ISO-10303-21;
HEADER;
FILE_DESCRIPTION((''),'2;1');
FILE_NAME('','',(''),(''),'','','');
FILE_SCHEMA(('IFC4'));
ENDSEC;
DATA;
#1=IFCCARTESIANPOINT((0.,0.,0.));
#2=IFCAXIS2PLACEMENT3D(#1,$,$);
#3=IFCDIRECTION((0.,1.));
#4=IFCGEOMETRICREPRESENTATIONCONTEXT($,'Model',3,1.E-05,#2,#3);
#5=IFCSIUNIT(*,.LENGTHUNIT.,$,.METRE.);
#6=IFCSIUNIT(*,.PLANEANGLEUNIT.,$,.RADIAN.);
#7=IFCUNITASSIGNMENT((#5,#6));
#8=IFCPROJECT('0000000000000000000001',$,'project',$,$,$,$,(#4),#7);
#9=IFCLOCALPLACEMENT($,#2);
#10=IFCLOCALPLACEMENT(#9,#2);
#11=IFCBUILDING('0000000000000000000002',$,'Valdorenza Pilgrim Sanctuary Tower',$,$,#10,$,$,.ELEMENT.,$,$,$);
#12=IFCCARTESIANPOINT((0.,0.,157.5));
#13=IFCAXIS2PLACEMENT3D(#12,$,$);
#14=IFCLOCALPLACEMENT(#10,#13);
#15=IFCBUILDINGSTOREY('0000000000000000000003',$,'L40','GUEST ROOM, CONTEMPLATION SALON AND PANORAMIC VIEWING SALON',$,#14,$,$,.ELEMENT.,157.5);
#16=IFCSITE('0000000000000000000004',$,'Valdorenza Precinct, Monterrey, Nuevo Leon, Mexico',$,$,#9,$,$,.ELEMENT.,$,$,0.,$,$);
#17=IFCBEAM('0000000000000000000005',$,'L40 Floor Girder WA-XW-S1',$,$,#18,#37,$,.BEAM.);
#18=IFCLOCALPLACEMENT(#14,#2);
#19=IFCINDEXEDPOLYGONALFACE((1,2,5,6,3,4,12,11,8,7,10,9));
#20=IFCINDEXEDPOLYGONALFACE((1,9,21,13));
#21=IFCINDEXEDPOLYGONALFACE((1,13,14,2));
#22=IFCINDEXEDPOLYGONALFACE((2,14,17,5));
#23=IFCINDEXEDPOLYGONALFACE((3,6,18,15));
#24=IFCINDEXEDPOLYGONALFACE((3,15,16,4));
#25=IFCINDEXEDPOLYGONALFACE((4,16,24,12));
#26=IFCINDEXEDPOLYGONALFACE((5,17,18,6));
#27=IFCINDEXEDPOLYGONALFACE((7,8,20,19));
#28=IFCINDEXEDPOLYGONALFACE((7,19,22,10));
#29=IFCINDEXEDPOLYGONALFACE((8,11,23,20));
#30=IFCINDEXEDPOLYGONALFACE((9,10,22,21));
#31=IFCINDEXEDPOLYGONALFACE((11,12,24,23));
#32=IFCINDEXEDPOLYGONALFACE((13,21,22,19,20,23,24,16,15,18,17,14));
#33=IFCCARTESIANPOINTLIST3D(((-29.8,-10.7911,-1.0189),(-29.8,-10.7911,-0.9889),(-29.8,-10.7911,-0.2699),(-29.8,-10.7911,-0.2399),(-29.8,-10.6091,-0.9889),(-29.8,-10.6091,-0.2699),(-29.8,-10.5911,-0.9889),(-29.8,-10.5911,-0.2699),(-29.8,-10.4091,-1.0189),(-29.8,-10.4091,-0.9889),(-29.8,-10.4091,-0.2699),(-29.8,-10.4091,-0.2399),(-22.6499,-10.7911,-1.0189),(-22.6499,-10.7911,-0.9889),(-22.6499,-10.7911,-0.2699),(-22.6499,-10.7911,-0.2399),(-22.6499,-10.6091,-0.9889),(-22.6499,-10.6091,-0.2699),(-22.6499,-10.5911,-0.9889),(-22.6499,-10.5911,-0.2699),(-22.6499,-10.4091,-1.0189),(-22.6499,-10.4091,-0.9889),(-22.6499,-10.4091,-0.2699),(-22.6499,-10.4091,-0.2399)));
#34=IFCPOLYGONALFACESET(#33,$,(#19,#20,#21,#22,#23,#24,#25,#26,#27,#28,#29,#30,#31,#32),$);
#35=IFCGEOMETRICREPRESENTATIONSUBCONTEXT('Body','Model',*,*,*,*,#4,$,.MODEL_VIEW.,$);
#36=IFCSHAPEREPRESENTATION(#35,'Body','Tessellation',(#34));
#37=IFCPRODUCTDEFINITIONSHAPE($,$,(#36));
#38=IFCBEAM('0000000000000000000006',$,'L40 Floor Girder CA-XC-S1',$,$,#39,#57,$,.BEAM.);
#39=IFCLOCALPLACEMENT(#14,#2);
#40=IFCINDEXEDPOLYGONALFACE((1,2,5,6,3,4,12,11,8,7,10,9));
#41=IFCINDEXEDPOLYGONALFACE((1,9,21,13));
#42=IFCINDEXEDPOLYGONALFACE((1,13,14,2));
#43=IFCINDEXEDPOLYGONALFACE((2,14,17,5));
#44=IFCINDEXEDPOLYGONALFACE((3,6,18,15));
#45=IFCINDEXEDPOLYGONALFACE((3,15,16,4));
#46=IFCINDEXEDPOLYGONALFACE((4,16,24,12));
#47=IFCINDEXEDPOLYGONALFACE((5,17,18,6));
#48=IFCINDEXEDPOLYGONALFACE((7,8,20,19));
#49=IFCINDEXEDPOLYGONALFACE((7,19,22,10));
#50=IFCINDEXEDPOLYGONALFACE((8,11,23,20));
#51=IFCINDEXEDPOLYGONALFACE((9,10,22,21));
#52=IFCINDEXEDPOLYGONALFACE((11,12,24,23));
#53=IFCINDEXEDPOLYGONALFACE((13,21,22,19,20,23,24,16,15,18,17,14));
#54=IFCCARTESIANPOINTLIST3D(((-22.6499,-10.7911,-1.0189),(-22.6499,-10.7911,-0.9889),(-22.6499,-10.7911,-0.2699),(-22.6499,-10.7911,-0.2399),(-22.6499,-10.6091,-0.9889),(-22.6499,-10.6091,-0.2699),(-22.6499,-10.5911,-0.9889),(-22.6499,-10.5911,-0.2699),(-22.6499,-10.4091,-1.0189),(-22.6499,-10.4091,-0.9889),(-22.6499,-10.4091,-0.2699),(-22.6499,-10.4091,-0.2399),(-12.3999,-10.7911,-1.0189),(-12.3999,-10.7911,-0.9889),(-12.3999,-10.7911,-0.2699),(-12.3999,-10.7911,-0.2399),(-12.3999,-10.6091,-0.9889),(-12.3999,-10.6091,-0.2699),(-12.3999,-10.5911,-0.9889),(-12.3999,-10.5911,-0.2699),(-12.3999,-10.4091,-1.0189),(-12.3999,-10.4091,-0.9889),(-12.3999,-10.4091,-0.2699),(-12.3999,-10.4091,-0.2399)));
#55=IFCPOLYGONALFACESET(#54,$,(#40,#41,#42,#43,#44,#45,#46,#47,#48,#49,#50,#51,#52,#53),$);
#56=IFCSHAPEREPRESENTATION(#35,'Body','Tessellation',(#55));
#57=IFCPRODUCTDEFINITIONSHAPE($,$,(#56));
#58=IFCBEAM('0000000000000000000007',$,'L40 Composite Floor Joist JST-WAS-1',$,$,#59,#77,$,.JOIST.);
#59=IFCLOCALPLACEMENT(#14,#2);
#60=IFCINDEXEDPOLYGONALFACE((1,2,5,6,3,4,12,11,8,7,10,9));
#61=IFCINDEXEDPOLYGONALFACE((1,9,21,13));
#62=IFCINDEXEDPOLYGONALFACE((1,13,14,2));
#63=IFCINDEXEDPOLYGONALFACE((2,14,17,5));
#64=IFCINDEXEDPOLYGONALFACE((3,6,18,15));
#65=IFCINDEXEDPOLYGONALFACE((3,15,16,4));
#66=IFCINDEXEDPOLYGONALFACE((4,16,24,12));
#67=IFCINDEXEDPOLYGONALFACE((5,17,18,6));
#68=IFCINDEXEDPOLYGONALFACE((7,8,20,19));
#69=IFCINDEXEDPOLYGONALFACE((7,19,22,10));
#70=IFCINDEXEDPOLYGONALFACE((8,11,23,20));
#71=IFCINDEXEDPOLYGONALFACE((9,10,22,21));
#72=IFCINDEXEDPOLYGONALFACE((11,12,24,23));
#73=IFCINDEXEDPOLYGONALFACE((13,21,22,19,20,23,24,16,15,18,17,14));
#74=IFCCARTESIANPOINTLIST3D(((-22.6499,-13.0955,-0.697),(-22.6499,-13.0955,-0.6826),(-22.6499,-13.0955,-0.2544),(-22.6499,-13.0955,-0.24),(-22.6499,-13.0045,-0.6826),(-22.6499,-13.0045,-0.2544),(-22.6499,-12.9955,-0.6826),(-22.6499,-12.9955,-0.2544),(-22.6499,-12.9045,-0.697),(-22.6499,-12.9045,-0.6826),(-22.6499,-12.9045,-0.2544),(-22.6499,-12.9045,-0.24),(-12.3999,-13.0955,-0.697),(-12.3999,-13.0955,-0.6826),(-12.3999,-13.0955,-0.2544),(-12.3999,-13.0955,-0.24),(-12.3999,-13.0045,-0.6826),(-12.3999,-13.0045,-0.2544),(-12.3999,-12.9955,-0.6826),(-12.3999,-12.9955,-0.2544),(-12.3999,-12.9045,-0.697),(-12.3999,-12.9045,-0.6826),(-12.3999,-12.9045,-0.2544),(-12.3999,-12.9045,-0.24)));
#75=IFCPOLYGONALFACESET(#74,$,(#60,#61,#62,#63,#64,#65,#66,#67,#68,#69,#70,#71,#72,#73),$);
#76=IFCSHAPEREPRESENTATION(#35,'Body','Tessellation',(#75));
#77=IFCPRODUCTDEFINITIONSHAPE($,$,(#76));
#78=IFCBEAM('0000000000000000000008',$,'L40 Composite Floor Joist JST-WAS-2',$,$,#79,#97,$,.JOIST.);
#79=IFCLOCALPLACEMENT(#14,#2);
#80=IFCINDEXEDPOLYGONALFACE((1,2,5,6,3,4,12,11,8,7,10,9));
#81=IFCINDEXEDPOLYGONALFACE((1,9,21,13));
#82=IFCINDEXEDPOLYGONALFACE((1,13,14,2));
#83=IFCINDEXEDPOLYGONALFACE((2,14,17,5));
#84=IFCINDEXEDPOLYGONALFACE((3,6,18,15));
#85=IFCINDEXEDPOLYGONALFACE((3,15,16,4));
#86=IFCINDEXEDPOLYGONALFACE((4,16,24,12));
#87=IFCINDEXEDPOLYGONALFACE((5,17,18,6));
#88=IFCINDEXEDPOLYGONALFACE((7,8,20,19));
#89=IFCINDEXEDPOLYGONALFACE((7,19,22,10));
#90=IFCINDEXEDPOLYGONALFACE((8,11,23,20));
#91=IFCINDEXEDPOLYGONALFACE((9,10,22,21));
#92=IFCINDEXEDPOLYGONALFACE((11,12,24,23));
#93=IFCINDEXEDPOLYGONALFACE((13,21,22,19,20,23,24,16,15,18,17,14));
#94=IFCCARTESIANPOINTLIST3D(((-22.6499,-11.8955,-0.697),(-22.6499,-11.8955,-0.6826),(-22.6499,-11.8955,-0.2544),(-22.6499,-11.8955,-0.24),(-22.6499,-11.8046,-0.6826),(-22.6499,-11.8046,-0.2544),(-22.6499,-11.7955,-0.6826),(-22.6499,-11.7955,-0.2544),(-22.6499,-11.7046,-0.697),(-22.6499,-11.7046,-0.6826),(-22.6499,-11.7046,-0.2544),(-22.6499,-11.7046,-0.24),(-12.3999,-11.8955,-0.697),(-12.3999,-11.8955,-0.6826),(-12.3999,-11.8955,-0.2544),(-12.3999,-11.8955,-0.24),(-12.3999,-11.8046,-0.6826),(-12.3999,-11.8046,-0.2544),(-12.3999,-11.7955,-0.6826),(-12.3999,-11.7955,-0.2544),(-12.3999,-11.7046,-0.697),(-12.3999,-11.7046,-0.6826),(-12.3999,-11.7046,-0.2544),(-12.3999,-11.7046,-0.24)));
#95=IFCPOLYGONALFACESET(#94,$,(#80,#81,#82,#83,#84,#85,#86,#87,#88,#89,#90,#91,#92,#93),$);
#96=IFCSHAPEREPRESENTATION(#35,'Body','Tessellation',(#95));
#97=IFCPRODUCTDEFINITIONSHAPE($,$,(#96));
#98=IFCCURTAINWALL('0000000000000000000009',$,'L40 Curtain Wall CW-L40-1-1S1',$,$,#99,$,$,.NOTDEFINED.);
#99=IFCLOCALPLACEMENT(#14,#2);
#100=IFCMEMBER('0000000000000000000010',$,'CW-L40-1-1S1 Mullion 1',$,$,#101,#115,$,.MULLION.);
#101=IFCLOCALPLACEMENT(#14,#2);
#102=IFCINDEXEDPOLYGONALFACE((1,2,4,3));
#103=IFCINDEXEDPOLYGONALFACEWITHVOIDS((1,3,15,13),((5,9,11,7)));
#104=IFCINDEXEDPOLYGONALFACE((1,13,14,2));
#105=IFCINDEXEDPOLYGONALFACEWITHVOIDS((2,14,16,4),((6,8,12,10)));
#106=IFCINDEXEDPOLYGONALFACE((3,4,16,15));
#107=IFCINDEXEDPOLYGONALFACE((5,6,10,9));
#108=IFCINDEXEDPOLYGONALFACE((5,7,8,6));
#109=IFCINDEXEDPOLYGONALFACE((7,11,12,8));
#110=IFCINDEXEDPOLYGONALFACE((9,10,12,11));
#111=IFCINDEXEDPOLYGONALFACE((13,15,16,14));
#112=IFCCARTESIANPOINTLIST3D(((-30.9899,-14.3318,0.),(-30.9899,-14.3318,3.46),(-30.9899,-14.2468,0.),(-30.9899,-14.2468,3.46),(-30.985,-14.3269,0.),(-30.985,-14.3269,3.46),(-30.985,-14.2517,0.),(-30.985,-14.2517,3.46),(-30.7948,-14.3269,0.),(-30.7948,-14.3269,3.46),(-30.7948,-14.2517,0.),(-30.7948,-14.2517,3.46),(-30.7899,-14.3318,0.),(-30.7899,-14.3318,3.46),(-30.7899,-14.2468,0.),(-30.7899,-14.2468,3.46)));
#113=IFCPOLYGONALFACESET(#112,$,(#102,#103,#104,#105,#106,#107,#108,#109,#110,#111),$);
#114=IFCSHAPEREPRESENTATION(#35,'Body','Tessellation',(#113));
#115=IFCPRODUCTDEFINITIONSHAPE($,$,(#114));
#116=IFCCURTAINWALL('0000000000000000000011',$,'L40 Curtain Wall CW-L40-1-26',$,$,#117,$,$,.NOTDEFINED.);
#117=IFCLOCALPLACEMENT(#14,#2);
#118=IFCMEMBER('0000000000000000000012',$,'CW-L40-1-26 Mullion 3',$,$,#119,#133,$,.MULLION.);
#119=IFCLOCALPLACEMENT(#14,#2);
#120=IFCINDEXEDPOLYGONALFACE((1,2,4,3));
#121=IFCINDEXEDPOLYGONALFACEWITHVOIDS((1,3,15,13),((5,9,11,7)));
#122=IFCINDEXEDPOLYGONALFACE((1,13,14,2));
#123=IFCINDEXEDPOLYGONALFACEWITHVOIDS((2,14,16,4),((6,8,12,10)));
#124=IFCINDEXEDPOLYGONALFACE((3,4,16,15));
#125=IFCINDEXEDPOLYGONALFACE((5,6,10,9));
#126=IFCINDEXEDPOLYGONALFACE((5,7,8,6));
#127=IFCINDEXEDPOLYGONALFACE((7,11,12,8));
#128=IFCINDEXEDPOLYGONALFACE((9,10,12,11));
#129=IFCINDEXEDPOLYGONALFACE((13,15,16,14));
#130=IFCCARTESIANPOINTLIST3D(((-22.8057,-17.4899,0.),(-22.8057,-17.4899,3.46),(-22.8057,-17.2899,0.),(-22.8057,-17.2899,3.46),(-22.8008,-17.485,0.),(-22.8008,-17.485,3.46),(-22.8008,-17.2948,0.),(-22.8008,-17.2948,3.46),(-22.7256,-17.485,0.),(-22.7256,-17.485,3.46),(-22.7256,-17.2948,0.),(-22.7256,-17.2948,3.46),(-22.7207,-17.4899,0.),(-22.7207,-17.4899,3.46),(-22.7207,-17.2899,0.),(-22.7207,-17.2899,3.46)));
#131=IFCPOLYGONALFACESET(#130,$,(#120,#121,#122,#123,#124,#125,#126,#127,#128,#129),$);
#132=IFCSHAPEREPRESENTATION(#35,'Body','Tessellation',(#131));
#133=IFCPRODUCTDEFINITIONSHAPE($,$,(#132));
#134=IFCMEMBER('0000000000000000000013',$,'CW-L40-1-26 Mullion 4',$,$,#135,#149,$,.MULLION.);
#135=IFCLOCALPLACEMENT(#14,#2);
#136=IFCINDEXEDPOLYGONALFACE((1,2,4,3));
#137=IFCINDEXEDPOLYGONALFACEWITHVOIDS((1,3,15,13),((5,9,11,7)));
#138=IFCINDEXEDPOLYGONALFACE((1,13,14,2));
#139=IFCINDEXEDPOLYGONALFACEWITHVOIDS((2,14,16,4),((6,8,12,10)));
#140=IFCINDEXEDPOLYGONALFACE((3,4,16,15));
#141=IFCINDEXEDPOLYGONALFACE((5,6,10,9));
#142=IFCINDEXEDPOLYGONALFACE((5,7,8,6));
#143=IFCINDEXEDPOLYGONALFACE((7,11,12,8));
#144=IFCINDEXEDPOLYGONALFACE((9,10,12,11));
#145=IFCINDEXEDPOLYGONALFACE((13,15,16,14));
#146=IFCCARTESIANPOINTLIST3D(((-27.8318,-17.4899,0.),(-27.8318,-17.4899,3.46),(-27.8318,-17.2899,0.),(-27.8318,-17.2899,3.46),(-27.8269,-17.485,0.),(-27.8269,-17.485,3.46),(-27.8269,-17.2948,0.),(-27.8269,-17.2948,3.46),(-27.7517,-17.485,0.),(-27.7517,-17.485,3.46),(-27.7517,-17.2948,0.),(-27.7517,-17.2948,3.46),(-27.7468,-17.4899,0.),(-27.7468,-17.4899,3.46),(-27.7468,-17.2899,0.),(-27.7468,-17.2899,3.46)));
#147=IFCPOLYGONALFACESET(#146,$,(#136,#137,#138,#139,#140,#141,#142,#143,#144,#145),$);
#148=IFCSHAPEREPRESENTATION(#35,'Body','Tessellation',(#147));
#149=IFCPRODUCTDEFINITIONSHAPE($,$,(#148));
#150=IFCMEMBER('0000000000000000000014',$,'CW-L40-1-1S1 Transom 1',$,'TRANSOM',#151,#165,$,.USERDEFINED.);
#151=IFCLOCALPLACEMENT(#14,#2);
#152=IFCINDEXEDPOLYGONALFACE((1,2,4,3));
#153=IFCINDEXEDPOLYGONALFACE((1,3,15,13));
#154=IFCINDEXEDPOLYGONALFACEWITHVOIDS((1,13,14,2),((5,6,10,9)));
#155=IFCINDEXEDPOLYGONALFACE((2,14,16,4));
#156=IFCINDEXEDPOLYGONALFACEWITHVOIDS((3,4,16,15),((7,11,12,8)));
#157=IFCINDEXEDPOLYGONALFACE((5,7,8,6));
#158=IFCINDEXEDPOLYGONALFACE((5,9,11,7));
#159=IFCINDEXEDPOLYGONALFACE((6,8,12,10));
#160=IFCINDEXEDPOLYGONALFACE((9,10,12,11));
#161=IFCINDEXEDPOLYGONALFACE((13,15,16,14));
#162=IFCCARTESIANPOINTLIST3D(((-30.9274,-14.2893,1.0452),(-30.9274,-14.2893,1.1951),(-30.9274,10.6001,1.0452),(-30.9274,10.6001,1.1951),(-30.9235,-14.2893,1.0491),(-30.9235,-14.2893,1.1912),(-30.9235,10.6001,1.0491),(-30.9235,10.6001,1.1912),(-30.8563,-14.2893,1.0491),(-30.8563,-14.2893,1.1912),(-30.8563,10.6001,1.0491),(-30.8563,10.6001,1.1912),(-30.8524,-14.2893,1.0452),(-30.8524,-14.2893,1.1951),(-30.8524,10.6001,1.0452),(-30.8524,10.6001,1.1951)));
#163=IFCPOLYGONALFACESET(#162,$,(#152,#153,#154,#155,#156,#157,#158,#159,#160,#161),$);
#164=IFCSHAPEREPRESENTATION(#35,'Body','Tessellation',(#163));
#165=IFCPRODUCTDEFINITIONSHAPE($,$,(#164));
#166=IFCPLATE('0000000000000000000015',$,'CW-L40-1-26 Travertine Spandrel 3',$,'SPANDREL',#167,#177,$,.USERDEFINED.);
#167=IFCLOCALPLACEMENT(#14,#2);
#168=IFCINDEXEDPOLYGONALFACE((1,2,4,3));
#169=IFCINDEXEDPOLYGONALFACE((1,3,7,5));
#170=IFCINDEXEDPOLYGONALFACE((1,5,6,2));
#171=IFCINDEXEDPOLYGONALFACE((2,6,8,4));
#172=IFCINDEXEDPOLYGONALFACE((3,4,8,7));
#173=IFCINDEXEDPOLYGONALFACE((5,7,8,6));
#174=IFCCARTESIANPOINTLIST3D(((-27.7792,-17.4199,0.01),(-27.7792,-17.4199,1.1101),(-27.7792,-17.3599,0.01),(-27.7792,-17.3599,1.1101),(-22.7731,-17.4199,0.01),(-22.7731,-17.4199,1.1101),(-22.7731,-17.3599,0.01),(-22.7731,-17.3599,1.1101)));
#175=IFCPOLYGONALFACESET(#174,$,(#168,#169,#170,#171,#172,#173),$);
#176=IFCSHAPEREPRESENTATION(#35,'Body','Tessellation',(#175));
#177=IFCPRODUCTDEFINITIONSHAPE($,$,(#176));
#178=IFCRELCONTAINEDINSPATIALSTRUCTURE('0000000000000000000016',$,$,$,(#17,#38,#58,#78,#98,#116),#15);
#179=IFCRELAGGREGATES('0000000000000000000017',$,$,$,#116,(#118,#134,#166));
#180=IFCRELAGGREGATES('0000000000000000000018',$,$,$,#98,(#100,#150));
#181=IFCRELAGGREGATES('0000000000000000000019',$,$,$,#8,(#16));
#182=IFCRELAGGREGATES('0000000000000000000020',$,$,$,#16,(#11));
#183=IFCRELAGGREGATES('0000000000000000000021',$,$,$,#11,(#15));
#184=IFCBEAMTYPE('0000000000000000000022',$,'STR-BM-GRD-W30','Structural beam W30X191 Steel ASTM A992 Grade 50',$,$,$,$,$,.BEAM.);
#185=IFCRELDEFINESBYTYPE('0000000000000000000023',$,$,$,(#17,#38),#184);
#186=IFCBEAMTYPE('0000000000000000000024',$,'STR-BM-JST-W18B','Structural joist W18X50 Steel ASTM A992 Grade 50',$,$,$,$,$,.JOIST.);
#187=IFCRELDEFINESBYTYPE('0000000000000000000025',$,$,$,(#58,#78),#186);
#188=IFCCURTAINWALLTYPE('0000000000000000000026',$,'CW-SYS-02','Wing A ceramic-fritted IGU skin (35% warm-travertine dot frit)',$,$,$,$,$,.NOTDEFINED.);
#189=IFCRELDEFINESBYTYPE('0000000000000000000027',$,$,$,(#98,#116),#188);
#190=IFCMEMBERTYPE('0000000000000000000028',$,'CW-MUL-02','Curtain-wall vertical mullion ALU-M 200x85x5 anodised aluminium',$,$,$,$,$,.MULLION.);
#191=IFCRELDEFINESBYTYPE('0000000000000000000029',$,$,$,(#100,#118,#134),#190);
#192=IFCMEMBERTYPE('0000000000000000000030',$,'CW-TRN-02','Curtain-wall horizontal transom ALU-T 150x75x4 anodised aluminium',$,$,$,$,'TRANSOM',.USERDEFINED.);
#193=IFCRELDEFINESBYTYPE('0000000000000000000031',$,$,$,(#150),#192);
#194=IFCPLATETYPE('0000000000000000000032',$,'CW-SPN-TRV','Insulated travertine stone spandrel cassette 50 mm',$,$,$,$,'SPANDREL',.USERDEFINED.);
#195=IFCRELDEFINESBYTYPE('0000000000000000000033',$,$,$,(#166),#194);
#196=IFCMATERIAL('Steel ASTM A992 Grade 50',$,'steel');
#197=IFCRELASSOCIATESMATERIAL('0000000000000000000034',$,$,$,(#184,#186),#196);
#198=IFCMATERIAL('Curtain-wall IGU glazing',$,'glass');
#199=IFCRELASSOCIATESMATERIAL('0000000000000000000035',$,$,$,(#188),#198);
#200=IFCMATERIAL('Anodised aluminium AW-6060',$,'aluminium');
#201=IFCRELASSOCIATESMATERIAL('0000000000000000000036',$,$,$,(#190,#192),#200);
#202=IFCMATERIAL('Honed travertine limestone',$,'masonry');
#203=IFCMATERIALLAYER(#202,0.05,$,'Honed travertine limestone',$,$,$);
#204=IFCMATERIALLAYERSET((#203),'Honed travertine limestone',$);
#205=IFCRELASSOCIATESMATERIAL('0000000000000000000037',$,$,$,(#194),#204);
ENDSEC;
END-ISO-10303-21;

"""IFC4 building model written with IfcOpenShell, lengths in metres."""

from ifc_helpers import new_model, si_unit, direction, frame, origin, origin_2d, place, context, subcontext, project, spatial, rectangle, hollow_rectangle, i_section, extrude, source, transform, mapped, material, layer, layer_set, material_profile, profile_set, type_object, element, aggregate, save


model = new_model("IFC4")

# Units and contexts
model_context = context("Model", 3, precision=1e-05, world=origin(), true_north=direction((0.0, 1.0)))
body_context = subcontext(model_context, "Body", "Model", "MODEL_VIEW")
ifc_project = project(units=[si_unit("LENGTHUNIT", "METRE"), si_unit("PLANEANGLEUNIT", "RADIAN")], contexts=[model_context])

# Site, building, storey
site_placement = place(None, origin())
site = spatial("IfcSite", under=ifc_project, at=site_placement, Name="Valdorenza Precinct, Monterrey, Nuevo Leon, Mexico", CompositionType="ELEMENT", RefElevation=0.0)
building_placement = place(site_placement, origin())
building = spatial("IfcBuilding", under=site, at=building_placement, Name="Valdorenza Pilgrim Sanctuary Tower", CompositionType="ELEMENT")
storey_placement = place(building_placement, frame((0.0, 0.0, 157.5)))
storey = spatial("IfcBuildingStorey", under=building, at=storey_placement, Name="L40", Description="GUEST ROOM, CONTEMPLATION SALON AND PANORAMIC VIEWING SALON", CompositionType="ELEMENT", Elevation=157.5)

# Shared definitions
ifc_material_1 = material(Name="Steel ASTM A992 Grade 50", Category="steel")

# Beams
ifc_material_profile_1 = material_profile(ifc_material_1, i_section(OverallWidth=0.3821, OverallDepth=0.7791, WebThickness=0.0181, FlangeThickness=0.03, at=origin_2d()), Name="W30X191")
ifc_profile_set_1 = profile_set([ifc_material_profile_1], Name="Steel ASTM A992 Grade 50")
beam_type_1 = type_object("IfcBeamType", Name="STR-BM-GRD-W30", Description="Structural beam W30X191 Steel ASTM A992 Grade 50", PredefinedType="BEAM", material=ifc_profile_set_1)
shared_shape_1 = source(origin(), body_context, "Body", "SweptSolid", [
    extrude(i_section(OverallWidth=0.3821, OverallDepth=0.7791, WebThickness=0.0181, FlangeThickness=0.03, at=origin_2d()), origin(), (0.0, 0.0, 1.0), 7.1501),
])
beam_1_placement = place(storey_placement, frame((-29.8, -10.6001, -0.6294), z_axis=(1.0, 0.0, 0.0), x_axis=(0.0, 1.0, 0.0)))
element("IfcBeam", 1, at=beam_1_placement, inside=storey, type_object=beam_type_1, Name="L40 Floor Girder WA-XW-S1", PredefinedType="BEAM", context=body_context, shape_type="MappedRepresentation", body=[
    mapped(shared_shape_1, transform((0.0, 0.0, 0.0), x_axis=(1.0, 0.0, 0.0), y_axis=(0.0, 1.0, 0.0), z_axis=(0.0, 0.0, 1.0), scale=1.0)),
])
shared_shape_2 = source(origin(), body_context, "Body", "SweptSolid", [
    extrude(i_section(OverallWidth=0.3821, OverallDepth=0.7791, WebThickness=0.0181, FlangeThickness=0.03, at=origin_2d()), origin(), (0.0, 0.0, 1.0), 10.25),
])
beam_2_placement = place(storey_placement, frame((-22.6499, -10.6001, -0.6294), z_axis=(1.0, 0.0, 0.0), x_axis=(0.0, 1.0, 0.0)))
element("IfcBeam", 2, at=beam_2_placement, inside=storey, type_object=beam_type_1, Name="L40 Floor Girder CA-XC-S1", PredefinedType="BEAM", context=body_context, shape_type="MappedRepresentation", body=[
    mapped(shared_shape_2, transform((0.0, 0.0, 0.0), x_axis=(1.0, 0.0, 0.0), y_axis=(0.0, 1.0, 0.0), z_axis=(0.0, 0.0, 1.0), scale=1.0)),
])
ifc_material_profile_2 = material_profile(ifc_material_1, i_section(OverallWidth=0.1909, OverallDepth=0.457, WebThickness=0.009, FlangeThickness=0.0144, at=origin_2d()), Name="W18X50")
ifc_profile_set_2 = profile_set([ifc_material_profile_2], Name="Steel ASTM A992 Grade 50")
beam_type_2 = type_object("IfcBeamType", Name="STR-BM-JST-W18B", Description="Structural joist W18X50 Steel ASTM A992 Grade 50", PredefinedType="JOIST", material=ifc_profile_set_2)
shared_shape_3 = source(origin(), body_context, "Body", "SweptSolid", [
    extrude(i_section(OverallWidth=0.1909, OverallDepth=0.457, WebThickness=0.009, FlangeThickness=0.0144, at=origin_2d()), origin(), (0.0, 0.0, 1.0), 10.25),
])
for number, where, z_axis, x_axis, name in (
    (3, (-22.6499, -13.0, -0.4685), (1.0, 0.0, 0.0), (0.0, 1.0, 0.0), "L40 Composite Floor Joist JST-WAS-1"),
    (4, (-22.6499, -11.8, -0.4685), (1.0, 0.0, 0.0), (0.0, 1.0, 0.0), "L40 Composite Floor Joist JST-WAS-2"),
):
    element("IfcBeam", number, at=place(storey_placement, frame(where, z_axis=z_axis, x_axis=x_axis)), inside=storey, type_object=beam_type_2, Name=name, PredefinedType="JOIST", context=body_context, shape_type="MappedRepresentation", body=[
        mapped(shared_shape_3, transform((0.0, 0.0, 0.0), x_axis=(1.0, 0.0, 0.0), y_axis=(0.0, 1.0, 0.0), z_axis=(0.0, 0.0, 1.0), scale=1.0)),
    ])

# Curtain wall, member
ifc_material_2 = material(Name="Curtain-wall IGU glazing", Category="glass")
curtain_wall_type = type_object("IfcCurtainWallType", Name="CW-SYS-02", Description="Wing A ceramic-fritted IGU skin (35% warm-travertine dot frit)", PredefinedType="NOTDEFINED", material=ifc_material_2)
curtain_wall_1_placement = place(storey_placement, origin())
curtain_wall_1 = element("IfcCurtainWall", 5, at=curtain_wall_1_placement, inside=storey, type_object=curtain_wall_type, Name="L40 Curtain Wall CW-L40-1-1S1", PredefinedType="NOTDEFINED")
ifc_material_3 = material(Name="Anodised aluminium AW-6060", Category="aluminium")
ifc_material_profile_3 = material_profile(ifc_material_3, hollow_rectangle(XDim=0.085, YDim=0.2, WallThickness=0.0049, at=origin_2d()), Name="ALU-M 200x85x5")
ifc_profile_set_3 = profile_set([ifc_material_profile_3], Name="Anodised aluminium AW-6060")
member_type_1 = type_object("IfcMemberType", Name="CW-MUL-02", Description="Curtain-wall vertical mullion ALU-M 200x85x5 anodised aluminium", PredefinedType="MULLION", material=ifc_profile_set_3)
shared_shape_4 = source(origin(), body_context, "Body", "SweptSolid", [
    extrude(hollow_rectangle(XDim=0.085, YDim=0.2, WallThickness=0.0049, at=origin_2d()), origin(), (0.0, 0.0, 1.0), 3.46),
])
member_1_placement = place(storey_placement, frame((-30.8899, -14.2893, 0.0), z_axis=(0.0, 0.0, 1.0), x_axis=(0.0, 1.0, 0.0)))
member_1 = element("IfcMember", 6, at=member_1_placement, type_object=member_type_1, Name="CW-L40-1-1S1 Mullion 1", PredefinedType="MULLION", context=body_context, shape_type="MappedRepresentation", body=[
    mapped(shared_shape_4, transform((0.0, 0.0, 0.0), x_axis=(1.0, 0.0, 0.0), y_axis=(0.0, 1.0, 0.0), z_axis=(0.0, 0.0, 1.0), scale=1.0)),
])

# Curtain wall, members
curtain_wall_2_placement = place(storey_placement, origin())
curtain_wall_2 = element("IfcCurtainWall", 7, at=curtain_wall_2_placement, inside=storey, type_object=curtain_wall_type, Name="L40 Curtain Wall CW-L40-1-26", PredefinedType="NOTDEFINED")
member_2_placement = place(storey_placement, frame((-22.7632, -17.3899, 0.0), z_axis=(0.0, 0.0, 1.0), x_axis=(-1.0, 0.0, 0.0)))
member_2 = element("IfcMember", 8, at=member_2_placement, type_object=member_type_1, Name="CW-L40-1-26 Mullion 3", PredefinedType="MULLION", context=body_context, shape_type="MappedRepresentation", body=[
    mapped(shared_shape_4, transform((0.0, 0.0, 0.0), x_axis=(1.0, 0.0, 0.0), y_axis=(0.0, 1.0, 0.0), z_axis=(0.0, 0.0, 1.0), scale=1.0)),
])
member_3_placement = place(storey_placement, frame((-27.7893, -17.3899, 0.0), z_axis=(0.0, 0.0, 1.0), x_axis=(-1.0, 0.0, 0.0)))
member_3 = element("IfcMember", 9, at=member_3_placement, type_object=member_type_1, Name="CW-L40-1-26 Mullion 4", PredefinedType="MULLION", context=body_context, shape_type="MappedRepresentation", body=[
    mapped(shared_shape_4, transform((0.0, 0.0, 0.0), x_axis=(1.0, 0.0, 0.0), y_axis=(0.0, 1.0, 0.0), z_axis=(0.0, 0.0, 1.0), scale=1.0)),
])

# Member
ifc_material_profile_4 = material_profile(ifc_material_3, hollow_rectangle(XDim=0.075, YDim=0.1499, WallThickness=0.0039, at=origin_2d()), Name="ALU-T 150x75x4")
ifc_profile_set_4 = profile_set([ifc_material_profile_4], Name="Anodised aluminium AW-6060")
member_type_2 = type_object("IfcMemberType", Name="CW-TRN-02", Description="Curtain-wall horizontal transom ALU-T 150x75x4 anodised aluminium", ElementType="TRANSOM", PredefinedType="USERDEFINED", material=ifc_profile_set_4)
shared_shape_5 = source(origin(), body_context, "Body", "SweptSolid", [
    extrude(hollow_rectangle(XDim=0.075, YDim=0.1499, WallThickness=0.0039, at=origin_2d()), origin(), (0.0, 0.0, 1.0), 24.8894),
])
member_4_placement = place(storey_placement, frame((-30.8899, -14.2893, 1.1201), z_axis=(0.0, 1.0, 0.0), x_axis=(-1.0, 0.0, 0.0)))
member_4 = element("IfcMember", 10, at=member_4_placement, type_object=member_type_2, Name="CW-L40-1-1S1 Transom 1", ObjectType="TRANSOM", PredefinedType="USERDEFINED", context=body_context, shape_type="MappedRepresentation", body=[
    mapped(shared_shape_5, transform((0.0, 0.0, 0.0), x_axis=(1.0, 0.0, 0.0), y_axis=(0.0, 1.0, 0.0), z_axis=(0.0, 0.0, 1.0), scale=1.0)),
])

# Plate
ifc_material_4 = material(Name="Honed travertine limestone", Category="masonry")
ifc_layer_1 = layer(ifc_material_4, 0.05, Name="Honed travertine limestone")
ifc_layer_set_1 = layer_set([ifc_layer_1], Name="Honed travertine limestone")
plate_type_1 = type_object("IfcPlateType", Name="CW-SPN-TRV", Description="Insulated travertine stone spandrel cassette 50 mm", ElementType="SPANDREL", PredefinedType="USERDEFINED", material=ifc_layer_set_1)
shared_shape_6 = source(origin(), body_context, "Body", "SweptSolid", [
    extrude(rectangle(XDim=5.0061, YDim=0.0601, at=origin_2d()), origin(), (0.0, 0.0, 1.0), 1.1001),
])
plate_1_placement = place(storey_placement, frame((-25.2761, -17.3899, 0.01), z_axis=(0.0, 0.0, 1.0), x_axis=(-1.0, 0.0, 0.0)))
plate_1 = element("IfcPlate", 11, at=plate_1_placement, type_object=plate_type_1, Name="CW-L40-1-26 Travertine Spandrel 3", ObjectType="SPANDREL", PredefinedType="USERDEFINED", context=body_context, shape_type="MappedRepresentation", body=[
    mapped(shared_shape_6, transform((0.0, 0.0, 0.0), x_axis=(1.0, 0.0, 0.0), y_axis=(0.0, 1.0, 0.0), z_axis=(0.0, 0.0, 1.0), scale=1.0)),
])
aggregate(curtain_wall_2, [member_2, member_3, plate_1])
aggregate(curtain_wall_1, [member_1, member_4])

save(model, "model.ifc")
